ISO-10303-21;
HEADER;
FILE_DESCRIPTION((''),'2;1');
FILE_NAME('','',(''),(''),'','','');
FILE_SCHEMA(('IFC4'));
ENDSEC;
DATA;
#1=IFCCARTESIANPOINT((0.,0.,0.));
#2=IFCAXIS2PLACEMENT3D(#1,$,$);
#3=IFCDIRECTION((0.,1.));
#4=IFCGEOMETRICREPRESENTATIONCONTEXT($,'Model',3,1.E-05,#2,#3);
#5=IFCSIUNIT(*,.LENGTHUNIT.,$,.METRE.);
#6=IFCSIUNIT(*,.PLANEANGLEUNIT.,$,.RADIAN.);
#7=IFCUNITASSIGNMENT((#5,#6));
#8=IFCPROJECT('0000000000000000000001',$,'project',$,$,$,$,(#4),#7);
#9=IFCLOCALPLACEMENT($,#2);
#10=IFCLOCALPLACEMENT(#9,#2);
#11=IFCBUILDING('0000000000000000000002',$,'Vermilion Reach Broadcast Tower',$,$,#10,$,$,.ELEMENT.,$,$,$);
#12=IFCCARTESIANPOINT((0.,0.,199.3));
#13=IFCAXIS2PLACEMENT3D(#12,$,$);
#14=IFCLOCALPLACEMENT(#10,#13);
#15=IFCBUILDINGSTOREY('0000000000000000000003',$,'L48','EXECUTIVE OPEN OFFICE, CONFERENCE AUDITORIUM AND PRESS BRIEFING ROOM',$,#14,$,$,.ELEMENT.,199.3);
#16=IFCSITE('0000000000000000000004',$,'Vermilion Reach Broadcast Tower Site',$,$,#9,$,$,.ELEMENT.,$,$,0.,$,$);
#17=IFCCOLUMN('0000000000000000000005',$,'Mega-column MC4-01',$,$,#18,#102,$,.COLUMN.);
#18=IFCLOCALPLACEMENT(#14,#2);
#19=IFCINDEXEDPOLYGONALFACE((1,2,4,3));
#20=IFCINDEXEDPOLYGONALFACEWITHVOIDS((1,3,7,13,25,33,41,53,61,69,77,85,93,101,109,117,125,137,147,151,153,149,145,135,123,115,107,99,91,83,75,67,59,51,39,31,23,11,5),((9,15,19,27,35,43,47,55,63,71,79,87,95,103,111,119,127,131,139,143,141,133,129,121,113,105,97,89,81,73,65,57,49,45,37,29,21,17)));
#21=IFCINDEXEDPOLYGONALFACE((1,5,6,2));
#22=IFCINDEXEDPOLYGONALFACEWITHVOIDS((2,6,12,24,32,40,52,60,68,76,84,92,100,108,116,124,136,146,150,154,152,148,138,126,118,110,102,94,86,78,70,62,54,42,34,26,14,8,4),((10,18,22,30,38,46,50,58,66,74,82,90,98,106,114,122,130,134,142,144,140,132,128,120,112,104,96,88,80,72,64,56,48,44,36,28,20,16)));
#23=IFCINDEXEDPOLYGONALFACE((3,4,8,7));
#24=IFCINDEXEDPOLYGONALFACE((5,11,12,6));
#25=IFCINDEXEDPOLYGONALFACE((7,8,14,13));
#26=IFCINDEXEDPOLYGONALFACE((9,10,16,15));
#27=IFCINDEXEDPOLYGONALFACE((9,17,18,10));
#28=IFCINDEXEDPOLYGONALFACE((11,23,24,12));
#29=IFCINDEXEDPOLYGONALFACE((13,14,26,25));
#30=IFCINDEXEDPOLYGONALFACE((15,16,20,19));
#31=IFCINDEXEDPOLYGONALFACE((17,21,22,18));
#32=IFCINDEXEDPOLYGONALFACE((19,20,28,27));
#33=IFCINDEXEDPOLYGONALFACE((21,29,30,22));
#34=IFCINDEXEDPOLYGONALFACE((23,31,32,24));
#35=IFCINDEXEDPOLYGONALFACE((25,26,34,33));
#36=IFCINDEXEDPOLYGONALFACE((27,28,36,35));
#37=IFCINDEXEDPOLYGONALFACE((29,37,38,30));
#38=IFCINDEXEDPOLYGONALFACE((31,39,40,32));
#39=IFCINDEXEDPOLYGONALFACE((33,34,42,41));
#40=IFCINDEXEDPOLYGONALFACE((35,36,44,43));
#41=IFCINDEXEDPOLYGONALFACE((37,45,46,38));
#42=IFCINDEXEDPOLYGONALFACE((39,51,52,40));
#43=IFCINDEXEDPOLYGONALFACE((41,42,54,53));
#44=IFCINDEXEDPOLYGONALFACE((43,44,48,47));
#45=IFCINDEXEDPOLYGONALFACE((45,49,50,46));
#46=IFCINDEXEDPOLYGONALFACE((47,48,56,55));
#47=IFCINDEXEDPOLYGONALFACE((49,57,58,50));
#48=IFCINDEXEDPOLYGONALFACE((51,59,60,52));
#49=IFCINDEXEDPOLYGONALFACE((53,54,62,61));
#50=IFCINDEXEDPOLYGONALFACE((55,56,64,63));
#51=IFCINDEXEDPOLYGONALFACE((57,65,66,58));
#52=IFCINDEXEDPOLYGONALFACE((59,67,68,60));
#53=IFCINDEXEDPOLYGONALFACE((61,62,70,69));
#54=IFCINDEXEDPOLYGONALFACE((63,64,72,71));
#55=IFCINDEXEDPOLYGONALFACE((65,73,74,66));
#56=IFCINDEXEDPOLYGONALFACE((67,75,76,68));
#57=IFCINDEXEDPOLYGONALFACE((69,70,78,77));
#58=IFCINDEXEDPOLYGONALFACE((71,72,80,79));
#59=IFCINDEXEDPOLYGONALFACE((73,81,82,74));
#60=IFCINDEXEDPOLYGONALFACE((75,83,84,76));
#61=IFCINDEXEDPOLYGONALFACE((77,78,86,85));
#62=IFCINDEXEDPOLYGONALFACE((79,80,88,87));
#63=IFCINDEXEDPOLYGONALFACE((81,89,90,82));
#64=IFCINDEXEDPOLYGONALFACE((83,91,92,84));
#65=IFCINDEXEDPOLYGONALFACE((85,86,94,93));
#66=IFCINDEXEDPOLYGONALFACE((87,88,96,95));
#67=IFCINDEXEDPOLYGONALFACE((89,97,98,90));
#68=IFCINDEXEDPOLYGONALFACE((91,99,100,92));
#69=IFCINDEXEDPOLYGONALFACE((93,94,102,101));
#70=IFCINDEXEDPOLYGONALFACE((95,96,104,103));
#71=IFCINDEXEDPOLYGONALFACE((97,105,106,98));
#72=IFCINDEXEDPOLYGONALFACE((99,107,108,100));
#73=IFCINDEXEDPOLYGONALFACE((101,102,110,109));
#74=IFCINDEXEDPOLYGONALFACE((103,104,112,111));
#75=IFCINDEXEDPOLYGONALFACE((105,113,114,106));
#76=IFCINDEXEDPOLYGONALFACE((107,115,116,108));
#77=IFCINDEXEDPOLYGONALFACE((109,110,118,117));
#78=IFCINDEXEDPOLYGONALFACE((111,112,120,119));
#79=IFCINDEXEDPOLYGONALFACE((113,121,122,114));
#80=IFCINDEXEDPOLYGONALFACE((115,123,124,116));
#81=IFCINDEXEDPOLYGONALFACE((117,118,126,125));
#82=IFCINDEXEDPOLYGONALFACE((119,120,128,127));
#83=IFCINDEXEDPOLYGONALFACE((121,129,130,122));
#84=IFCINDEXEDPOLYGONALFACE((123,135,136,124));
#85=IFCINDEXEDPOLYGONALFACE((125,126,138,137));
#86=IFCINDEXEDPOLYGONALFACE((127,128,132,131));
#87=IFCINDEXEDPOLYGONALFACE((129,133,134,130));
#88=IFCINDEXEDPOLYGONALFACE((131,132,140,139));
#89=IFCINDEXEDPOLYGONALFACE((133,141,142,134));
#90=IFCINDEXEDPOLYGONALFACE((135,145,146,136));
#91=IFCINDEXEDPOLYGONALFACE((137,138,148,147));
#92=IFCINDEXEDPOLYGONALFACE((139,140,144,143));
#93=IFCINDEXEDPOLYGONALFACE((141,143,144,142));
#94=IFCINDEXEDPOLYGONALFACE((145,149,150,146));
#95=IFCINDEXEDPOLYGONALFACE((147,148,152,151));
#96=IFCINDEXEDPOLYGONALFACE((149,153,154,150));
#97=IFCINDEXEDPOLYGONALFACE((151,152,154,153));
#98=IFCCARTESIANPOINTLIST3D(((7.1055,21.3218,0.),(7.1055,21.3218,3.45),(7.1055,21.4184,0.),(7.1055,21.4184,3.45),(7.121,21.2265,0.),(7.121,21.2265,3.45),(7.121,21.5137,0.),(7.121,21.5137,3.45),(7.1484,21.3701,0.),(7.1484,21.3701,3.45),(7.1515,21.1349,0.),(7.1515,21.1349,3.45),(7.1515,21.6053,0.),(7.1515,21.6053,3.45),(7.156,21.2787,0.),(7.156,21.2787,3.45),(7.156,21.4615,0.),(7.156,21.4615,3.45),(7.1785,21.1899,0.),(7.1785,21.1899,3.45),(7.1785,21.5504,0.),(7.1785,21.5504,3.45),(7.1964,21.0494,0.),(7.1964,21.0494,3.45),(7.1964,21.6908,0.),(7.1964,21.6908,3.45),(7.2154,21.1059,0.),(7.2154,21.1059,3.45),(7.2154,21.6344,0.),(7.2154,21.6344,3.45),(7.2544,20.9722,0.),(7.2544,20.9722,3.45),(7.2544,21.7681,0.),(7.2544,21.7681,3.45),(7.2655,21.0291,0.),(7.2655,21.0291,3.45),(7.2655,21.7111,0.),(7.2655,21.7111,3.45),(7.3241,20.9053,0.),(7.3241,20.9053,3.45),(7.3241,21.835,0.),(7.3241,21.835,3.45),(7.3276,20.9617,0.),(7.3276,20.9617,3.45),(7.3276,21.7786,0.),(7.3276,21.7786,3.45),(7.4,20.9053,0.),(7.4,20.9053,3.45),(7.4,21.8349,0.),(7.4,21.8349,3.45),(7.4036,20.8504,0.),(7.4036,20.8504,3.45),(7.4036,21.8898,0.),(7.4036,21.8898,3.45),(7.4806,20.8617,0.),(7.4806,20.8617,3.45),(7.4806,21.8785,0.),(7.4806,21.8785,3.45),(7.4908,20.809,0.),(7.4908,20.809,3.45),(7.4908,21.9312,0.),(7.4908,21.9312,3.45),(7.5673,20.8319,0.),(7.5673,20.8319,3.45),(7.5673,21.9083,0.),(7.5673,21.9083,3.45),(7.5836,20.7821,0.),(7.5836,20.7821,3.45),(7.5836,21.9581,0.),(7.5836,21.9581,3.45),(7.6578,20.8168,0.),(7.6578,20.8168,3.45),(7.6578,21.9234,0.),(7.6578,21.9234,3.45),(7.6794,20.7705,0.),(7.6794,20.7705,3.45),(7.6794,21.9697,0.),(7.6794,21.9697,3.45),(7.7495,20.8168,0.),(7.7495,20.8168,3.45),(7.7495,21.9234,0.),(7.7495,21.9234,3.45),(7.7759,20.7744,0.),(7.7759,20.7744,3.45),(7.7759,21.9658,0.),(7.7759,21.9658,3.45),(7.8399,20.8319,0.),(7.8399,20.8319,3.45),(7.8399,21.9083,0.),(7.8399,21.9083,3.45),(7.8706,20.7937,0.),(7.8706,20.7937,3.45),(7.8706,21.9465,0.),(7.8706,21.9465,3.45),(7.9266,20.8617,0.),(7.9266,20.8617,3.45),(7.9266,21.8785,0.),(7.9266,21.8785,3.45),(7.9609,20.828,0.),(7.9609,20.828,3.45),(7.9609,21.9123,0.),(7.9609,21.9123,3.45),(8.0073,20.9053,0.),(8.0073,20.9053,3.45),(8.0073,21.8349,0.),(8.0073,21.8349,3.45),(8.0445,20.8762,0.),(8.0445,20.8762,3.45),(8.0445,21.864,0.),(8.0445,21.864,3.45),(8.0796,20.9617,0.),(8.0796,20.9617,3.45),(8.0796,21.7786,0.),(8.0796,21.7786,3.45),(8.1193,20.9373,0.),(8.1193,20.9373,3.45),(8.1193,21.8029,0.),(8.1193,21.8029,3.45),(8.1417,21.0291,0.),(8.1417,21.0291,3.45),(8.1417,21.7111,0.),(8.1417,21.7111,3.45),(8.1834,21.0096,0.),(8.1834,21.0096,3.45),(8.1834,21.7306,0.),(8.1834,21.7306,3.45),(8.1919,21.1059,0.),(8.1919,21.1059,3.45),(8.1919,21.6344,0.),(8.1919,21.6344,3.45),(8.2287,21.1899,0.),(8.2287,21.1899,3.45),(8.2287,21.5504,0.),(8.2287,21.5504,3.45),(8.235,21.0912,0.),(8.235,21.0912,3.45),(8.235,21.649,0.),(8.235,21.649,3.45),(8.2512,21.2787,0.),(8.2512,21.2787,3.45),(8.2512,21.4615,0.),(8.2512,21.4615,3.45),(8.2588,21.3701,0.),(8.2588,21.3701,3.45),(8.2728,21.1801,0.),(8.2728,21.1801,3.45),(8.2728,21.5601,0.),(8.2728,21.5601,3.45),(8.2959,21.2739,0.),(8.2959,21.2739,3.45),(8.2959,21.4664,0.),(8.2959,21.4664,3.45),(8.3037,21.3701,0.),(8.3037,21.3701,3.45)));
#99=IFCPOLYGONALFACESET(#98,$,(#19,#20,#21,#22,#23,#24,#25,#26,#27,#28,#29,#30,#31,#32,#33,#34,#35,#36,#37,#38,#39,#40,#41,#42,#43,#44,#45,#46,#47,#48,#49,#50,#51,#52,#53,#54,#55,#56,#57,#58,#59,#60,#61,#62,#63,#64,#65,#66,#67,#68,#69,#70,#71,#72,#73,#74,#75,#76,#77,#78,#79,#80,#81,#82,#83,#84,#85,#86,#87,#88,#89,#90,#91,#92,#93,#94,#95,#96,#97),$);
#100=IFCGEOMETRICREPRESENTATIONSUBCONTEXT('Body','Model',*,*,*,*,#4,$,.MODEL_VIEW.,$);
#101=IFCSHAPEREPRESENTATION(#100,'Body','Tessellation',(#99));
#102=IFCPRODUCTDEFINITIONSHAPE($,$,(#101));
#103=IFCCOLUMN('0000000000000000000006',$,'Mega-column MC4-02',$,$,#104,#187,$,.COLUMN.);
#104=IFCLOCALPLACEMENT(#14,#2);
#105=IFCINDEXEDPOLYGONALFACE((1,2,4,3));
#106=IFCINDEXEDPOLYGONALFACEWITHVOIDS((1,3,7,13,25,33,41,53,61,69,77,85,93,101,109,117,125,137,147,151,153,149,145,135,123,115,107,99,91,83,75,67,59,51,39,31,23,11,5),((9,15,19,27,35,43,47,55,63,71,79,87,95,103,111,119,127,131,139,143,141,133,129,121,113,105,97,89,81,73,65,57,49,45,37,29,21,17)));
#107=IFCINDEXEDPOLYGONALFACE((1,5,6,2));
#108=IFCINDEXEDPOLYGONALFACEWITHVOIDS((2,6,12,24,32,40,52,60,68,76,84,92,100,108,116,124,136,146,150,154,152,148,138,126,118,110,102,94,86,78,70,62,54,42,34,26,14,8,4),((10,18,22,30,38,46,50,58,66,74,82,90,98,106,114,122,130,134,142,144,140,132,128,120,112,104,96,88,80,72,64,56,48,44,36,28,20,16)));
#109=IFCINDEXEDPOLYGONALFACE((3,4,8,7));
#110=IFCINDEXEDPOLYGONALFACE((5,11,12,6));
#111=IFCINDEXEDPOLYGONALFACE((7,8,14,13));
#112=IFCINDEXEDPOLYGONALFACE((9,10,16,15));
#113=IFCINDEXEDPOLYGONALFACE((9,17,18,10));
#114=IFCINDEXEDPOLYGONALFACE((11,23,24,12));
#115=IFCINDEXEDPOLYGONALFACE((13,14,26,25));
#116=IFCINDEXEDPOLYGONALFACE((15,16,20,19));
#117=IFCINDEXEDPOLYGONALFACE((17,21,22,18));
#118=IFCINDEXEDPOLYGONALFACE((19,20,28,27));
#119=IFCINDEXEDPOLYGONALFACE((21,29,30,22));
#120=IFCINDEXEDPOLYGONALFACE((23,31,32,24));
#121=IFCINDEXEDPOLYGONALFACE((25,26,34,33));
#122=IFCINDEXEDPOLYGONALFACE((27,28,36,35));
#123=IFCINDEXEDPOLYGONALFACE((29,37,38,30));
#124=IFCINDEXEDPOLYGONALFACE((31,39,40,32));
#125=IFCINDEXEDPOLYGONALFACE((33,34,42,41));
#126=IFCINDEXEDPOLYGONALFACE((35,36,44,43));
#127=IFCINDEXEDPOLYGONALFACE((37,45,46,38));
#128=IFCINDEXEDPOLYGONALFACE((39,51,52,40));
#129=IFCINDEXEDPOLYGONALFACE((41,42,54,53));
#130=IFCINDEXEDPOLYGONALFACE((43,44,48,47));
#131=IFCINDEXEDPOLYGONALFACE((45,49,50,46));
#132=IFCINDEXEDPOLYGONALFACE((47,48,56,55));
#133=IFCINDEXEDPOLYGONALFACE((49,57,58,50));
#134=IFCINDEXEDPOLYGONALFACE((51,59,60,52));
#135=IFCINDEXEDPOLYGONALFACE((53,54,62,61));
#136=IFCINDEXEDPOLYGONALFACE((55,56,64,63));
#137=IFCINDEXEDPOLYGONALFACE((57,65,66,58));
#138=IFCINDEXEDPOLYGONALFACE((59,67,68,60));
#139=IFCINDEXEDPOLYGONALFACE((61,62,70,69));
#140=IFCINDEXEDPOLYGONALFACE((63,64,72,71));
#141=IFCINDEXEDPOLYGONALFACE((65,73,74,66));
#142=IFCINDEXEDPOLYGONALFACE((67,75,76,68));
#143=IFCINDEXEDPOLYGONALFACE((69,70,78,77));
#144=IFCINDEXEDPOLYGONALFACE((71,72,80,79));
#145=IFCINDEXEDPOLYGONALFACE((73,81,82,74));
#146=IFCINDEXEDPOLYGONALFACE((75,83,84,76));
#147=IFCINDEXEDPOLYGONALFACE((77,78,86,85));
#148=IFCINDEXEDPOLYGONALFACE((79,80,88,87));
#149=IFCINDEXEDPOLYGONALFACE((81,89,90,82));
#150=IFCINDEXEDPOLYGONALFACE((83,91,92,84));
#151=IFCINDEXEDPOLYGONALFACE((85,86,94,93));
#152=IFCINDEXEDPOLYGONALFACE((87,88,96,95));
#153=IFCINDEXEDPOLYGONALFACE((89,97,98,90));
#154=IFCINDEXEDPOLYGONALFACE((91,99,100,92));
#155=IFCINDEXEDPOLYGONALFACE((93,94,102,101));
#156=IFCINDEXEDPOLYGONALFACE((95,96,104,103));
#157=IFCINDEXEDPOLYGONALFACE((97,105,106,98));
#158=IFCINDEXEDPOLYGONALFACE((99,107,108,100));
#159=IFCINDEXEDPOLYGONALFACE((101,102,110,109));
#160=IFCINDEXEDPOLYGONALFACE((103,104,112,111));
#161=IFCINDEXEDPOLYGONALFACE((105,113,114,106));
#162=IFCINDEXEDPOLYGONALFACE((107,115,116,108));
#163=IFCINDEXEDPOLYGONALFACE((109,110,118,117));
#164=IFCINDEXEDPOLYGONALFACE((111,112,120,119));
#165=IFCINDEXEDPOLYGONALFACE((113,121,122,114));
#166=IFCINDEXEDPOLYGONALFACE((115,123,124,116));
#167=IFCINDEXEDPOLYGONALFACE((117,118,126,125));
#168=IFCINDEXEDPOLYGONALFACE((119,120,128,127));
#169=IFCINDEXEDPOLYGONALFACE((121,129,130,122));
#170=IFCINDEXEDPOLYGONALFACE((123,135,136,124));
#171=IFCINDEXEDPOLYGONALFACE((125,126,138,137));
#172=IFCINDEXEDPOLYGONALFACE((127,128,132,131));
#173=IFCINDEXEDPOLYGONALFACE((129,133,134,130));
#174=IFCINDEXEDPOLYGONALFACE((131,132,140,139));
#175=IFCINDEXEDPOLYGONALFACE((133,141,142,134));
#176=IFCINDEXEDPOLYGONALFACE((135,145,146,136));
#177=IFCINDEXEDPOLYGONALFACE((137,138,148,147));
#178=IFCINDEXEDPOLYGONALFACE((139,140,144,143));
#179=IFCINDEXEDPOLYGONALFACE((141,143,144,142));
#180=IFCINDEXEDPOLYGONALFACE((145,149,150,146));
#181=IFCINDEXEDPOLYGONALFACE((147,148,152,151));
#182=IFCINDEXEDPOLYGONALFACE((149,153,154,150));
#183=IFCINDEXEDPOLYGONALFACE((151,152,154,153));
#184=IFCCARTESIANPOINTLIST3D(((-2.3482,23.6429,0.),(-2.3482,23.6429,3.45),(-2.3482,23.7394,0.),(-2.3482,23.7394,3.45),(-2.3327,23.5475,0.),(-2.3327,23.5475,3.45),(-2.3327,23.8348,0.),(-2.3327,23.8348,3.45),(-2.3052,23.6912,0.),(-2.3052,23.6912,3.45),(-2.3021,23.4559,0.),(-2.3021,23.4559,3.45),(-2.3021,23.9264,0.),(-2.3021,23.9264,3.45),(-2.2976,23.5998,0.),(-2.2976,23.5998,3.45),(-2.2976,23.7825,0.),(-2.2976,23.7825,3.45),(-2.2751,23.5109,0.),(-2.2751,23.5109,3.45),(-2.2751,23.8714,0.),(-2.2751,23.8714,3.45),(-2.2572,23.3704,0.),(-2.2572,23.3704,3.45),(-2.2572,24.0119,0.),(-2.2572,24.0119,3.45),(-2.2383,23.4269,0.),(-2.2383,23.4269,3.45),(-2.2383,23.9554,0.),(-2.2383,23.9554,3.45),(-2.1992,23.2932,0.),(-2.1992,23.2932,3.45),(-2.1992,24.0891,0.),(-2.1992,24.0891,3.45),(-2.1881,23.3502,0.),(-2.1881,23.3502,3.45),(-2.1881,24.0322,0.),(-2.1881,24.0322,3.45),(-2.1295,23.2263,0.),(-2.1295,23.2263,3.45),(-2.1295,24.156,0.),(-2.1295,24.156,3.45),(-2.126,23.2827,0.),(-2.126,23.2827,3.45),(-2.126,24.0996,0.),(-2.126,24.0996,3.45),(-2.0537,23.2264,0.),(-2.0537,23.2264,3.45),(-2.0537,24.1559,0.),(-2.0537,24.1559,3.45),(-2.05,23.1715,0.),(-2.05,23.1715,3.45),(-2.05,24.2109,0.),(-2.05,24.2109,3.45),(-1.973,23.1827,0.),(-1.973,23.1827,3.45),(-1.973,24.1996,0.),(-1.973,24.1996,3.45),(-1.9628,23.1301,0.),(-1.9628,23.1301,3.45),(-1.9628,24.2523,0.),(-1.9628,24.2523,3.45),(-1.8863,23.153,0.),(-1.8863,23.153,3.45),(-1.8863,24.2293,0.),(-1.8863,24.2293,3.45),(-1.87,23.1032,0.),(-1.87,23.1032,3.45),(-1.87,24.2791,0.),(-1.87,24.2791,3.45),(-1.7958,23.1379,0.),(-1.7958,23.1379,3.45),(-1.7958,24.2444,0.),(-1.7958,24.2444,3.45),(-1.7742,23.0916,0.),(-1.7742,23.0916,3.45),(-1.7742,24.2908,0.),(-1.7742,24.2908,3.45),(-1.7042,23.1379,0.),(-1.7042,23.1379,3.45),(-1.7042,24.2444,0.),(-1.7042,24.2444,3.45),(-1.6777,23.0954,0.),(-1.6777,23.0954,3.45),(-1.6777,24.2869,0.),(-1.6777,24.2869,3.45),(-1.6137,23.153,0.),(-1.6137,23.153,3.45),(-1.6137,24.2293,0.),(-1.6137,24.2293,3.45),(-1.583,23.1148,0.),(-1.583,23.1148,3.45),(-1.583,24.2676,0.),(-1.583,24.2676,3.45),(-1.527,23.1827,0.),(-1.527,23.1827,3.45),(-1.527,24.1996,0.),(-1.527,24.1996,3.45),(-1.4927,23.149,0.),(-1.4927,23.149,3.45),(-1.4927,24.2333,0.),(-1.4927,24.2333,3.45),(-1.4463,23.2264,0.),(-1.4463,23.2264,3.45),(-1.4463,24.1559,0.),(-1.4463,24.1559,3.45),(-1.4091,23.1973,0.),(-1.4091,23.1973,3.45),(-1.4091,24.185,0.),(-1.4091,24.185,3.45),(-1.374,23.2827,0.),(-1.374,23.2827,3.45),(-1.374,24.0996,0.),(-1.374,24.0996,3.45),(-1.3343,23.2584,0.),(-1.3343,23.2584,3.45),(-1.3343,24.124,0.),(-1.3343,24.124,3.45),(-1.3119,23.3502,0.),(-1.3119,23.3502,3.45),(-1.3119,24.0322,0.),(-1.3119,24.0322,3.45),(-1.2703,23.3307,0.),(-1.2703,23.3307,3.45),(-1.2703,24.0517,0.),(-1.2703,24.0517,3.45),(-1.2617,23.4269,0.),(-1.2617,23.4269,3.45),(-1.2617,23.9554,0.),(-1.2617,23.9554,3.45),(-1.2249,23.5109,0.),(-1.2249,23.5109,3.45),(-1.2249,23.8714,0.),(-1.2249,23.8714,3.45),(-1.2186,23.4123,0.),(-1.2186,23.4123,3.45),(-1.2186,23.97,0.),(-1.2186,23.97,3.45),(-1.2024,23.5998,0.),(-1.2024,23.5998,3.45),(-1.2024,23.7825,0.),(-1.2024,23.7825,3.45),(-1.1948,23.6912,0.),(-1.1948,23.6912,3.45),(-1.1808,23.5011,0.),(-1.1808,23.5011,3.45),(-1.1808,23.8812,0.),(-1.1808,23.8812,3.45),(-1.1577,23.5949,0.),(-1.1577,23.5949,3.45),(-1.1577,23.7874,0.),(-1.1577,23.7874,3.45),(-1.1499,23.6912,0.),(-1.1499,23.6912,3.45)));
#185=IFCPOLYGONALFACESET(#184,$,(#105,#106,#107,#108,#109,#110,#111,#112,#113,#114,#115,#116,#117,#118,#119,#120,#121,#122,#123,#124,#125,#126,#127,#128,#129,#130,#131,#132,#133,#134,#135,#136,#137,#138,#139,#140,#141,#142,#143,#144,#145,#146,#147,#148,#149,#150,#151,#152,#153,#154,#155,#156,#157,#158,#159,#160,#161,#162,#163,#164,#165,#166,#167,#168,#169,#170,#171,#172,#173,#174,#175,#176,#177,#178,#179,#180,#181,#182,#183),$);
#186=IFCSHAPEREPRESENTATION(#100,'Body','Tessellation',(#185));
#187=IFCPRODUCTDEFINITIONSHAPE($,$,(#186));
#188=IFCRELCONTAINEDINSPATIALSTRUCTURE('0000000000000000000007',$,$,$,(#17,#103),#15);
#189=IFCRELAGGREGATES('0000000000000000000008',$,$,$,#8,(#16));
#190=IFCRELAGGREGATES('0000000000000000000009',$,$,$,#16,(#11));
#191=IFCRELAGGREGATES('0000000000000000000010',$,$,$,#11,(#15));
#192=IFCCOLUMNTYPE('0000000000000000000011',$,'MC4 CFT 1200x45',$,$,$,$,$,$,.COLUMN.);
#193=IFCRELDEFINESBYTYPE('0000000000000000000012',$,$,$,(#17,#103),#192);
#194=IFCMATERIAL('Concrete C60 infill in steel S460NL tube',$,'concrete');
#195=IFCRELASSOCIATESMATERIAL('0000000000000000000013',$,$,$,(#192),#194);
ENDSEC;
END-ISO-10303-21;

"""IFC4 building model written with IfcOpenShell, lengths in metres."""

from ifc_helpers import new_model, si_unit, direction, frame, origin, origin_2d, place, context, subcontext, project, spatial, hollow_circle, extrude, material, material_profile, profile_set, type_object, element, save


model = new_model("IFC4")

# Units and contexts
model_context = context("Model", 3, precision=1e-05, world=origin(), true_north=direction((0.0, 1.0)))
body_context = subcontext(model_context, "Body", "Model", "MODEL_VIEW")
ifc_project = project(units=[si_unit("LENGTHUNIT", "METRE"), si_unit("PLANEANGLEUNIT", "RADIAN")], contexts=[model_context])

# Site, building, storey
site_placement = place(None, origin())
site = spatial("IfcSite", under=ifc_project, at=site_placement, Name="Vermilion Reach Broadcast Tower Site", CompositionType="ELEMENT", RefElevation=0.0)
building_placement = place(site_placement, origin())
building = spatial("IfcBuilding", under=site, at=building_placement, Name="Vermilion Reach Broadcast Tower", CompositionType="ELEMENT")
storey_placement = place(building_placement, frame((0.0, 0.0, 199.3)))
storey = spatial("IfcBuildingStorey", under=building, at=storey_placement, Name="L48", Description="EXECUTIVE OPEN OFFICE, CONFERENCE AUDITORIUM AND PRESS BRIEFING ROOM", CompositionType="ELEMENT", Elevation=199.3)

# Columns
ifc_material_1 = material(Name="Concrete C60 infill in steel S460NL tube", Category="concrete")
ifc_material_profile_1 = material_profile(ifc_material_1, hollow_circle(Radius=0.6001, WallThickness=0.0449, at=origin_2d()), Name="Concrete C60 infill in steel S460NL tube CFT 1200x45")
ifc_profile_set_1 = profile_set([ifc_material_profile_1], Name="Concrete C60 infill in steel S460NL tube")
column_type = type_object("IfcColumnType", Name="MC4 CFT 1200x45", PredefinedType="COLUMN", material=ifc_profile_set_1)
for number, where, z_axis, x_axis, name in (
    (1, (7.7036, 21.3701, 0.0), (0.0, 0.0, 1.0), (1.0, 0.0, 0.0), "Mega-column MC4-01"),
    (2, (-1.75, 23.6912, 0.0), (0.0, 0.0, 1.0), (1.0, 0.0, 0.0), "Mega-column MC4-02"),
):
    element("IfcColumn", number, at=place(storey_placement, frame(where, z_axis=z_axis, x_axis=x_axis)), inside=storey, type_object=column_type, Name=name, PredefinedType="COLUMN", context=body_context, shape_type="SweptSolid", body=[
        extrude(hollow_circle(Radius=0.6001, WallThickness=0.0449, at=origin_2d()), origin(), (0.0, 0.0, 1.0), 3.45),
    ])

save(model, "model.ifc")
